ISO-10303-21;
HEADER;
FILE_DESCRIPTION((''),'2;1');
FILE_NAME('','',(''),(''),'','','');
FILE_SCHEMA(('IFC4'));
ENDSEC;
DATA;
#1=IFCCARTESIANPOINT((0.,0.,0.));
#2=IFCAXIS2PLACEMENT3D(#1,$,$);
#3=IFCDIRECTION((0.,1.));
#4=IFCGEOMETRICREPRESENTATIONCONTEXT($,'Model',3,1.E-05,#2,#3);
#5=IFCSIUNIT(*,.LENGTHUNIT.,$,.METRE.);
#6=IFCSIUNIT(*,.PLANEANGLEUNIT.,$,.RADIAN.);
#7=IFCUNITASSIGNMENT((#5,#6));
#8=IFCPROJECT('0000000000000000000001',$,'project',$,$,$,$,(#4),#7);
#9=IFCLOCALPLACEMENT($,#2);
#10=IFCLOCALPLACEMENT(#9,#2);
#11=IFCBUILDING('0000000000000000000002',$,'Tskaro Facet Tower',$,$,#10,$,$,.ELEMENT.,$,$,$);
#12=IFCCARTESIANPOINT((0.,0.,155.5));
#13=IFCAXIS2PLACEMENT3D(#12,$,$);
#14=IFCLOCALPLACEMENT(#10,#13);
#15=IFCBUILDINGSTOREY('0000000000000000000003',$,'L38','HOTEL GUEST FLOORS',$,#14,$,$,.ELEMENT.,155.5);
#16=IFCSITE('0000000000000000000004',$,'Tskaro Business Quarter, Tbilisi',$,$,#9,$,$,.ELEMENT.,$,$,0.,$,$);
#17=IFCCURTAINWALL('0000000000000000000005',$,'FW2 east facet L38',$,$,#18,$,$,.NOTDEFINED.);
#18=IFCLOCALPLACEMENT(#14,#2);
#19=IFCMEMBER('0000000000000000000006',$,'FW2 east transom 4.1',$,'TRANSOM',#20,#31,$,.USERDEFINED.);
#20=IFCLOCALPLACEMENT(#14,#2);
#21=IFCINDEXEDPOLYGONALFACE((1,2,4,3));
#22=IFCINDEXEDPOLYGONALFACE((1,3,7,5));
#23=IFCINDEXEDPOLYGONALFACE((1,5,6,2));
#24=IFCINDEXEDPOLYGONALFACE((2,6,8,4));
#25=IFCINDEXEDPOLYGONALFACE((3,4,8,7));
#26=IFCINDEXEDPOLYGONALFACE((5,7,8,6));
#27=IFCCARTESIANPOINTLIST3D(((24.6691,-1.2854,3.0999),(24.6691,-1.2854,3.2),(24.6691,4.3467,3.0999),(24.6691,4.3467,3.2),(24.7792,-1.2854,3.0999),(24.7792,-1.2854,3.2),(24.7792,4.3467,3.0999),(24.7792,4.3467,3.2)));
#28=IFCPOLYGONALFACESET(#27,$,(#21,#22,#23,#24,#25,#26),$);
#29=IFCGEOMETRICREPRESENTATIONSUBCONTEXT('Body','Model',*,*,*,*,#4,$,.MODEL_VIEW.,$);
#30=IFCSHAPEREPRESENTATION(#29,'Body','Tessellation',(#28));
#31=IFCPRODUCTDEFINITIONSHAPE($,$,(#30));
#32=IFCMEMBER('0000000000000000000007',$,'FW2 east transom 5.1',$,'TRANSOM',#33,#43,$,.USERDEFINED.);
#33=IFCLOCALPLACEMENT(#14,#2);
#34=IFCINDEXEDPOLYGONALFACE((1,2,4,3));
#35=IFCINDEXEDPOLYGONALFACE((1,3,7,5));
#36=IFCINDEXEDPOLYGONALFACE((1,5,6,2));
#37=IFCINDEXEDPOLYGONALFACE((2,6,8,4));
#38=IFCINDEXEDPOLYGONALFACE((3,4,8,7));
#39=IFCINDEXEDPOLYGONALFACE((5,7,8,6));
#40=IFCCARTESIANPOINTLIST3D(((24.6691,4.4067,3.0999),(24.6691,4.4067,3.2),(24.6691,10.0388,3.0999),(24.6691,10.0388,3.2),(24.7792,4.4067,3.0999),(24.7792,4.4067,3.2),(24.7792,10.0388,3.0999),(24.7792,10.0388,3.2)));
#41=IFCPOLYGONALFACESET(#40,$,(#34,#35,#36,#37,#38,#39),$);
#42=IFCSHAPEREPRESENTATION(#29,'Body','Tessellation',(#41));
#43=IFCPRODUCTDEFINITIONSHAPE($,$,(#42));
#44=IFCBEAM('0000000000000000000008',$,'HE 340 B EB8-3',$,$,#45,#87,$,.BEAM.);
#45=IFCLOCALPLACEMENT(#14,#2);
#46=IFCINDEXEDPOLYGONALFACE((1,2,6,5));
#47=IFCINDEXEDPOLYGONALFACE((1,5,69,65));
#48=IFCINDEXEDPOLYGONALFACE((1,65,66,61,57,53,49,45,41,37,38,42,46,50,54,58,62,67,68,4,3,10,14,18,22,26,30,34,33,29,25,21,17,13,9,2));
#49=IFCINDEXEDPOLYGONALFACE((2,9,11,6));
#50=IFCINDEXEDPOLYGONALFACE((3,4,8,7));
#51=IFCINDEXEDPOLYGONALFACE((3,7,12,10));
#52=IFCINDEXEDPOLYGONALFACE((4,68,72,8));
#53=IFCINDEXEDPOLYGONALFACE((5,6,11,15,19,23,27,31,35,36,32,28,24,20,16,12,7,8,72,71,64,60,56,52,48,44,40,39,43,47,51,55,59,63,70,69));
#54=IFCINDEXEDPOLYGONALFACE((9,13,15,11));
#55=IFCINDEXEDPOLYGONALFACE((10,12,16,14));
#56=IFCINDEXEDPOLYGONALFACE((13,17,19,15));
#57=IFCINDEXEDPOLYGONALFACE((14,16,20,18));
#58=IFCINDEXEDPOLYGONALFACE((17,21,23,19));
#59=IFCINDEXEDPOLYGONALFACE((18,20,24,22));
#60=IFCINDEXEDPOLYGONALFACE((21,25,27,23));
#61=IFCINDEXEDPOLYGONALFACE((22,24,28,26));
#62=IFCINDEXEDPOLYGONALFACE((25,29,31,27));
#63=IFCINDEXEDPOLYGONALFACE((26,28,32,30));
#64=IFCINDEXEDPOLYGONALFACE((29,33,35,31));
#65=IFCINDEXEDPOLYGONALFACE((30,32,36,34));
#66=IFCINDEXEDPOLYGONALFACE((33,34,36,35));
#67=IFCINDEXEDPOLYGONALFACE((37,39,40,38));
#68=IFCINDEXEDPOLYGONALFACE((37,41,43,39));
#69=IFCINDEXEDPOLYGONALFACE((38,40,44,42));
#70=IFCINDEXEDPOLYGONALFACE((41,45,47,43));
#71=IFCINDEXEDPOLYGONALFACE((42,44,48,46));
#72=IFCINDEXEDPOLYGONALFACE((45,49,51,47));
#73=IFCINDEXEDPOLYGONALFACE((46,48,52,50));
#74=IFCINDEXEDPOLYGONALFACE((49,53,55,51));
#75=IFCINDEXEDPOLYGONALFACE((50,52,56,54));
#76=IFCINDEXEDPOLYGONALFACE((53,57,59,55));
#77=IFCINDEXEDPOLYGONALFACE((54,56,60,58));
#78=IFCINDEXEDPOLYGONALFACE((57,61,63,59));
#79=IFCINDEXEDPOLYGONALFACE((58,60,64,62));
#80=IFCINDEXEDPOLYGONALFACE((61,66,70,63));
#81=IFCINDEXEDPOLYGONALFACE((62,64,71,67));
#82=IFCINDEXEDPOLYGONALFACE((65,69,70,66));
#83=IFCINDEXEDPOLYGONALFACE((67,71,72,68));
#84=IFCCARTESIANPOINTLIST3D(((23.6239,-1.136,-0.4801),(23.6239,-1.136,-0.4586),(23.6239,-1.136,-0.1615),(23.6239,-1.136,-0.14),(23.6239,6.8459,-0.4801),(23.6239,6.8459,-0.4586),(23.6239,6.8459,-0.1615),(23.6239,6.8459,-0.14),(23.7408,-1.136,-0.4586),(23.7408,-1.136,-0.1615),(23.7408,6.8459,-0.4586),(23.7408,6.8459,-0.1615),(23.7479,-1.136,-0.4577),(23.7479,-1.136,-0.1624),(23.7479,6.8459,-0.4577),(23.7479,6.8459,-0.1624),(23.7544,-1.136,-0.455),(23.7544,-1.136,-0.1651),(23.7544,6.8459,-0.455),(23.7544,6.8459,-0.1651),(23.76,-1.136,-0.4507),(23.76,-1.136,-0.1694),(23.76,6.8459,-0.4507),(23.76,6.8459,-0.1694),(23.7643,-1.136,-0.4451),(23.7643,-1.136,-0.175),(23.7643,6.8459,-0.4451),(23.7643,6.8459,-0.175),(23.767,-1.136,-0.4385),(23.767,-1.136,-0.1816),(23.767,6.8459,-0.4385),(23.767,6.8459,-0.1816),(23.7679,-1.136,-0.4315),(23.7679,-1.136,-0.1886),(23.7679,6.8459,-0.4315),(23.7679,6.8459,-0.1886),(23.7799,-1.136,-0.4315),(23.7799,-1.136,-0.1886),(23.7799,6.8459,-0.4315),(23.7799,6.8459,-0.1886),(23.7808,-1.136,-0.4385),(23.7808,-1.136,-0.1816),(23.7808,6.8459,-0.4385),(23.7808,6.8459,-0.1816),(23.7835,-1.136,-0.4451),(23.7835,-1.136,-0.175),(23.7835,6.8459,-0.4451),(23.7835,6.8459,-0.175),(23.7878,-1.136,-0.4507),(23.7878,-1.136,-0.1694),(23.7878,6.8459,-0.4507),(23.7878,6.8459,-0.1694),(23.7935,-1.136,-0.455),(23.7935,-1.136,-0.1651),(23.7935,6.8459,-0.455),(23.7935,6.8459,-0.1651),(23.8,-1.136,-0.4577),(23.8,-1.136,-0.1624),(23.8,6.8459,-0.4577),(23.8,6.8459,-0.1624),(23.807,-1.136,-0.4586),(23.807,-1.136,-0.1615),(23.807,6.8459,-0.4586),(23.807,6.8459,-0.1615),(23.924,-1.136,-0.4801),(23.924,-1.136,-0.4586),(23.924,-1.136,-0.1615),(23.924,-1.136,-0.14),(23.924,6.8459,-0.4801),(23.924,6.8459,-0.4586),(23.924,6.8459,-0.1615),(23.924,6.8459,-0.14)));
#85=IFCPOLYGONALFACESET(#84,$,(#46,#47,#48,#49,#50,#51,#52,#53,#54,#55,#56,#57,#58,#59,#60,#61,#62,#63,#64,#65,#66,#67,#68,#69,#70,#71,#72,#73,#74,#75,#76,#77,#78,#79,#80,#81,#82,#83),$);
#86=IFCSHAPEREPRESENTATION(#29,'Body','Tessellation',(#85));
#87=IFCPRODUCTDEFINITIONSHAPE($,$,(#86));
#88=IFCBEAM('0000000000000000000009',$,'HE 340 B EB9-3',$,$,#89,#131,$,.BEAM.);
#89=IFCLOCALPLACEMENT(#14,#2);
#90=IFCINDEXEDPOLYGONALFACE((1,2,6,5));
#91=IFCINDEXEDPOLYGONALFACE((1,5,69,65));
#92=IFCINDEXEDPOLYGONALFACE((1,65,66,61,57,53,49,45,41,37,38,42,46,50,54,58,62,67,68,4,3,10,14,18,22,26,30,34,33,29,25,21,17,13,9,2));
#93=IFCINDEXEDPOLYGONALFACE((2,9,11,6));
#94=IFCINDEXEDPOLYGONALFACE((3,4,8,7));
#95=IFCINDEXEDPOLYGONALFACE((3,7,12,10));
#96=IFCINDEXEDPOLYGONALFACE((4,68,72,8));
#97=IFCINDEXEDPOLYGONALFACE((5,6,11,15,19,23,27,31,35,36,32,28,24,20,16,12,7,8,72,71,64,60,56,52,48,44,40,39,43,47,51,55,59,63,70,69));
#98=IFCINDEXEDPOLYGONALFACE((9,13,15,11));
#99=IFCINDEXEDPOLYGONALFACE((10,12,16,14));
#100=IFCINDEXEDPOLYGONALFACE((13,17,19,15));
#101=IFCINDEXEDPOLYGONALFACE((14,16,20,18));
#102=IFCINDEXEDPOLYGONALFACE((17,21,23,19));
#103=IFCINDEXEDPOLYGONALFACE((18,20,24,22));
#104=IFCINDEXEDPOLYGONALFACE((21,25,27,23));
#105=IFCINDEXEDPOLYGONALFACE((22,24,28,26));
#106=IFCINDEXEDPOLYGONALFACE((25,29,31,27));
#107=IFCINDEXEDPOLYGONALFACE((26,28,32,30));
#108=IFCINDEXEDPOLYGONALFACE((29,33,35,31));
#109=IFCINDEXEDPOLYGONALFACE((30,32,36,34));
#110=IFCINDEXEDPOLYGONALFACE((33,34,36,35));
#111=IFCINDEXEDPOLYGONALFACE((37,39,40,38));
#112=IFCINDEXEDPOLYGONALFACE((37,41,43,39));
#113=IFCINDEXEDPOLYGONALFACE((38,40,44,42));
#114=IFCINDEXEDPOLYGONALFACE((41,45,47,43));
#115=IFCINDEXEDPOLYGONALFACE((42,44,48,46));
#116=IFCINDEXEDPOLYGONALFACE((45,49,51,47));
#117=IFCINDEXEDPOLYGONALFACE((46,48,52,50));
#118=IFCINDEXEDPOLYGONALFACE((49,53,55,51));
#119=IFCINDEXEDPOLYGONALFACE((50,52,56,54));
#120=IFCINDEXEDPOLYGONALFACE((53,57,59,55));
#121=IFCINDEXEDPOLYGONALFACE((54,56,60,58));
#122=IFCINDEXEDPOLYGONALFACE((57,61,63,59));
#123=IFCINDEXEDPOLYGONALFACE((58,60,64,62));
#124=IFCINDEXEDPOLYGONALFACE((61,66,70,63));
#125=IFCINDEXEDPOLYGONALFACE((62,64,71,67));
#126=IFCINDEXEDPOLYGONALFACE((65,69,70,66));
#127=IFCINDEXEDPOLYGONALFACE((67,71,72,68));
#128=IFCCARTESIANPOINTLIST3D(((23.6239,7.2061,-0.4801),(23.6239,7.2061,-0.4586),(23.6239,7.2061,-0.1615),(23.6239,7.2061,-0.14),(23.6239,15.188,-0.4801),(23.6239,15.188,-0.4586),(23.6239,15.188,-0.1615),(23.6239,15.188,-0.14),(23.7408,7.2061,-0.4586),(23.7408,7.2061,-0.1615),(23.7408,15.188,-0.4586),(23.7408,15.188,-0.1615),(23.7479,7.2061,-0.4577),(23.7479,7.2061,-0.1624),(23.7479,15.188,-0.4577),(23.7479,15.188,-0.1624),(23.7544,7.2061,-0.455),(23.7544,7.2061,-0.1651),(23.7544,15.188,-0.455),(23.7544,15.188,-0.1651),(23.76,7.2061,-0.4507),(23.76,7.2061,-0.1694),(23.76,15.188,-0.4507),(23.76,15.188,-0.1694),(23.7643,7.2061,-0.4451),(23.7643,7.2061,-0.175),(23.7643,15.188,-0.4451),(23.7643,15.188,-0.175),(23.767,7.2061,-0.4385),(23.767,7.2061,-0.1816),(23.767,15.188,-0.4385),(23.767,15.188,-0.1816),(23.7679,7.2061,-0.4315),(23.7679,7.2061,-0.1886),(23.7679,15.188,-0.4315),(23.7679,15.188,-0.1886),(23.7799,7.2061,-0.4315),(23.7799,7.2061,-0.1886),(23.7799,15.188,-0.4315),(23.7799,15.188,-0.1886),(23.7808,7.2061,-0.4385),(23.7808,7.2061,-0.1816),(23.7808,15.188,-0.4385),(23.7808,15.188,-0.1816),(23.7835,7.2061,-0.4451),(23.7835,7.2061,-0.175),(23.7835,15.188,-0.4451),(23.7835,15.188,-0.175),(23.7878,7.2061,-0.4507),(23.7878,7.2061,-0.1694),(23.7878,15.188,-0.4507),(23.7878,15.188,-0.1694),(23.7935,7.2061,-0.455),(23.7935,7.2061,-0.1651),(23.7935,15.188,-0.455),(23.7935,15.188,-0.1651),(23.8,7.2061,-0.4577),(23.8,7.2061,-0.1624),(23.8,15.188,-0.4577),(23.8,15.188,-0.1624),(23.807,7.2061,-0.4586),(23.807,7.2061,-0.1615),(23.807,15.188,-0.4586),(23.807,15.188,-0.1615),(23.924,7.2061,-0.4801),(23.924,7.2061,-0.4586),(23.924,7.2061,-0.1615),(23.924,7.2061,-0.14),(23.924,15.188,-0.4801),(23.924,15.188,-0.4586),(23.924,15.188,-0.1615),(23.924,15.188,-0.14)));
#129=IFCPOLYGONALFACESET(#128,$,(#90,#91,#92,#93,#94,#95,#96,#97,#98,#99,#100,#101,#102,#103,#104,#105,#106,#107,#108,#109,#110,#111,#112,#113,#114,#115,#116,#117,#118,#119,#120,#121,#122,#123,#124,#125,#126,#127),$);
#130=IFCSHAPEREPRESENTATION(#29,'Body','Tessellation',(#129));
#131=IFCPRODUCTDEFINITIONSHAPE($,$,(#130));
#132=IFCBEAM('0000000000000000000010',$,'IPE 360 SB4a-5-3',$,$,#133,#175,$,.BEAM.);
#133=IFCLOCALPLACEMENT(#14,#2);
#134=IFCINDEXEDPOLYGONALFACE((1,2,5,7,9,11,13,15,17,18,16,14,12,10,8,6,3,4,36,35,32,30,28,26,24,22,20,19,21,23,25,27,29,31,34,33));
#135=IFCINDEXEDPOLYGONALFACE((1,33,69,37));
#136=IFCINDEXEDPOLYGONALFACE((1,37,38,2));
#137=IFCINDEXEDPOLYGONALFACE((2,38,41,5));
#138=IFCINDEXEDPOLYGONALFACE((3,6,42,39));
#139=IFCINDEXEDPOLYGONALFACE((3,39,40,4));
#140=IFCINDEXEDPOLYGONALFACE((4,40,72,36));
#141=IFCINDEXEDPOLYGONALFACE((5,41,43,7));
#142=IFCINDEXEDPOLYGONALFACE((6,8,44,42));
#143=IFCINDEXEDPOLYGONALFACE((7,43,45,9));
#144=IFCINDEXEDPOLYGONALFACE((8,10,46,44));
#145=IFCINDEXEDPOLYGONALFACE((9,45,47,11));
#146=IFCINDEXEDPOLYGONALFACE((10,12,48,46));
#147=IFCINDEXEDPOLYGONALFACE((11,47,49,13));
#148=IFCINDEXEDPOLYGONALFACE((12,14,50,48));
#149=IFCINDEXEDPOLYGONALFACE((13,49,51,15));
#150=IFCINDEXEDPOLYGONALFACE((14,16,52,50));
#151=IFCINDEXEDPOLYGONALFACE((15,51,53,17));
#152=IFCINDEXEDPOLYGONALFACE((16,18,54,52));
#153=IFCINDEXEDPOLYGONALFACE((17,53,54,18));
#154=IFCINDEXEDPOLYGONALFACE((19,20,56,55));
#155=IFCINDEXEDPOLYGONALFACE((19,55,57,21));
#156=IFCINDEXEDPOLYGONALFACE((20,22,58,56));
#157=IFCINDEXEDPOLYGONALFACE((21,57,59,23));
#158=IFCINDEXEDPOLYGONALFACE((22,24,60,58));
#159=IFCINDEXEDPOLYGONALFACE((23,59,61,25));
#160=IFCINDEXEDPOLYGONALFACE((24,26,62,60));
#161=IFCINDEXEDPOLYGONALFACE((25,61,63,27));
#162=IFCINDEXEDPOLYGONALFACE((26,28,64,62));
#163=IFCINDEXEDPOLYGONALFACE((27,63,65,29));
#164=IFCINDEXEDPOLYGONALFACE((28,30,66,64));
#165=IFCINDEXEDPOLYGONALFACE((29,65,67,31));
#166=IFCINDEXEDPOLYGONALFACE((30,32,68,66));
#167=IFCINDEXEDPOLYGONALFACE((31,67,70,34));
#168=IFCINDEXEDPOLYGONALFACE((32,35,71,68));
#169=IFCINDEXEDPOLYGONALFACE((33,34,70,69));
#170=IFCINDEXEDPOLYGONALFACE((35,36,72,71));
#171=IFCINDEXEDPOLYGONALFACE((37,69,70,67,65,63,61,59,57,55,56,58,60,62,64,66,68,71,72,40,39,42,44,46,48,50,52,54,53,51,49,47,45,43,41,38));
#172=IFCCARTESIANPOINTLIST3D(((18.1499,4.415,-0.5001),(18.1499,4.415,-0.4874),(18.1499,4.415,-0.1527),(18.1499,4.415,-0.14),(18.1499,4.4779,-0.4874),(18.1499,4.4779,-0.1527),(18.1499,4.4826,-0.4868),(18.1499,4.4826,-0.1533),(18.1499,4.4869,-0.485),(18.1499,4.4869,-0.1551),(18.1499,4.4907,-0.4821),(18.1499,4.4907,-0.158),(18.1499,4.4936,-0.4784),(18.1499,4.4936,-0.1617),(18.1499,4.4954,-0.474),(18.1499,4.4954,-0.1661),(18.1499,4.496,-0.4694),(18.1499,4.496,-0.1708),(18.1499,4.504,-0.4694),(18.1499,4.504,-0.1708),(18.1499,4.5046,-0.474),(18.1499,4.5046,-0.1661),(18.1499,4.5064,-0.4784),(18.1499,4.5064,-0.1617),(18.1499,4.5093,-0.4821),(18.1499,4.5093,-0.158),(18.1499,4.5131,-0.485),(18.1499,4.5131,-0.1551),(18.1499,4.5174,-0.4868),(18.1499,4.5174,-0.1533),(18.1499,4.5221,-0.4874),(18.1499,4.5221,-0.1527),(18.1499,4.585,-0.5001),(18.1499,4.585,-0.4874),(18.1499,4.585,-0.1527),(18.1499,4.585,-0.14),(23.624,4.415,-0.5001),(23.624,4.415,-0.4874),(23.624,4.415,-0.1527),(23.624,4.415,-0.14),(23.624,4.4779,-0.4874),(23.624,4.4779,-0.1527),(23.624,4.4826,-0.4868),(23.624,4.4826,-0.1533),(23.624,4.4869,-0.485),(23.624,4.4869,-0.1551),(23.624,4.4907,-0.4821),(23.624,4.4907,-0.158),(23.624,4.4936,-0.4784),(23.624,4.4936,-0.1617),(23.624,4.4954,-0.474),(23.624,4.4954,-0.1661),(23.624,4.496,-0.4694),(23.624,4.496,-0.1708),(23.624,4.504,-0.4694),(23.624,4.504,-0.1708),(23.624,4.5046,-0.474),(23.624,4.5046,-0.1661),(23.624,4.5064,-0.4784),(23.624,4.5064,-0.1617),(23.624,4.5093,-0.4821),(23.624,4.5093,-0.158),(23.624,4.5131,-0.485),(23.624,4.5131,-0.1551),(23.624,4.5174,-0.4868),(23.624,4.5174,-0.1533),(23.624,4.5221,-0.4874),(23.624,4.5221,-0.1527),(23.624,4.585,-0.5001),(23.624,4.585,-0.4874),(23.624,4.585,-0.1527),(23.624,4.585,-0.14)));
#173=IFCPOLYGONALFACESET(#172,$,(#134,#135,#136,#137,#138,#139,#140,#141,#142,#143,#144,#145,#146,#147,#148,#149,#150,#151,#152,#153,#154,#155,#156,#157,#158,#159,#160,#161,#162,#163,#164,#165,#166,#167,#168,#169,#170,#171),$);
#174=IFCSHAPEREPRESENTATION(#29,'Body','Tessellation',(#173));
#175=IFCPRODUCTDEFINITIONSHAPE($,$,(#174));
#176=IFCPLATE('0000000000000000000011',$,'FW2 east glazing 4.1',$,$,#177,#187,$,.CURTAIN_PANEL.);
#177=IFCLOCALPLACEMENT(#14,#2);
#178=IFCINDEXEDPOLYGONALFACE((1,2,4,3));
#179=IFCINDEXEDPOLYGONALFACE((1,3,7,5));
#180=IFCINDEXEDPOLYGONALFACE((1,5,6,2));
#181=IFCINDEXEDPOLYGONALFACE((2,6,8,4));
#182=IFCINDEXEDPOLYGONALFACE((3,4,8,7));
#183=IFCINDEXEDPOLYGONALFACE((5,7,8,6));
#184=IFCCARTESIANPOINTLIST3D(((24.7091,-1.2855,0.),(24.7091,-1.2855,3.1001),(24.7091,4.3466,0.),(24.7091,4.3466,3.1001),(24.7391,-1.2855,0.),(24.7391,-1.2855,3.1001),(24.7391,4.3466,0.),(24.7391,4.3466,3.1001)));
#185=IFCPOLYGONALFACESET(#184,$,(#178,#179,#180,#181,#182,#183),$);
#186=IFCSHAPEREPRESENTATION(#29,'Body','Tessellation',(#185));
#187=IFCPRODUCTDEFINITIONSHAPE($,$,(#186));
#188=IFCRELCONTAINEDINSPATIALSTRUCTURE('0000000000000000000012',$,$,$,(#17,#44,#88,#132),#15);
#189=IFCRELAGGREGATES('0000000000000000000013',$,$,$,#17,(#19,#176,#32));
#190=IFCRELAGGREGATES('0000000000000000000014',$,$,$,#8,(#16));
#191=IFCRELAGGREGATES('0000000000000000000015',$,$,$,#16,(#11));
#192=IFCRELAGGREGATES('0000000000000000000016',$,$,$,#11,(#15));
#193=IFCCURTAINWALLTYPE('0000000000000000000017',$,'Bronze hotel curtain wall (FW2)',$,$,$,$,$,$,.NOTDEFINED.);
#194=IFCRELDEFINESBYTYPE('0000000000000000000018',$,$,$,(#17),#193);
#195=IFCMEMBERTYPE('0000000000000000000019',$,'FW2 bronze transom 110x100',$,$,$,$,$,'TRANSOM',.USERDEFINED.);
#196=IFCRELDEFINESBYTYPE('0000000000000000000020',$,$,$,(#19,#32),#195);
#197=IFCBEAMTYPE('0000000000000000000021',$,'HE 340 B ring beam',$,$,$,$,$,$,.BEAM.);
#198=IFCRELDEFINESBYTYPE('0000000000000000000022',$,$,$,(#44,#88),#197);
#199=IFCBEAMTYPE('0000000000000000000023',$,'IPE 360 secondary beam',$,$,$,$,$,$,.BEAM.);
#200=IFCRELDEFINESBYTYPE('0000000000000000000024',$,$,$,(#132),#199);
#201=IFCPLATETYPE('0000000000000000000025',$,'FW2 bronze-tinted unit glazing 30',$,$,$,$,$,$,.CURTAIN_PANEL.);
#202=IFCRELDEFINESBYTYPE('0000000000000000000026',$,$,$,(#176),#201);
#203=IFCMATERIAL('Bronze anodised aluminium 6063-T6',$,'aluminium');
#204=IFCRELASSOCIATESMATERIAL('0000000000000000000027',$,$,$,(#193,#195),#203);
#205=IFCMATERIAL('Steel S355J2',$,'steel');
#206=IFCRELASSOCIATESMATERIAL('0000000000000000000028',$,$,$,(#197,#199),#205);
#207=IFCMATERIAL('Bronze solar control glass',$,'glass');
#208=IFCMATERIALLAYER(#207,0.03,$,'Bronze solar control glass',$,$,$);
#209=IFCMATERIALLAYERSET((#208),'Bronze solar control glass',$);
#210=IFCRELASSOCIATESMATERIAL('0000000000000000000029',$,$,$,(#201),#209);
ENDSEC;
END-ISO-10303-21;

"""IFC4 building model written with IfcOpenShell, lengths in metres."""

from ifc_helpers import new_model, si_unit, direction, frame, origin, origin_2d, place, context, subcontext, project, spatial, rectangle, i_section, extrude, material, layer, layer_set, material_profile, profile_set, type_object, element, aggregate, save


model = new_model("IFC4")

# Units and contexts
model_context = context("Model", 3, precision=1e-05, world=origin(), true_north=direction((0.0, 1.0)))
body_context = subcontext(model_context, "Body", "Model", "MODEL_VIEW")
ifc_project = project(units=[si_unit("LENGTHUNIT", "METRE"), si_unit("PLANEANGLEUNIT", "RADIAN")], contexts=[model_context])

# Site, building, storey
site_placement = place(None, origin())
site = spatial("IfcSite", under=ifc_project, at=site_placement, Name="Tskaro Business Quarter, Tbilisi", CompositionType="ELEMENT", RefElevation=0.0)
building_placement = place(site_placement, origin())
building = spatial("IfcBuilding", under=site, at=building_placement, Name="Tskaro Facet Tower", CompositionType="ELEMENT")
storey_placement = place(building_placement, frame((0.0, 0.0, 155.5)))
storey = spatial("IfcBuildingStorey", under=building, at=storey_placement, Name="L38", Description="HOTEL GUEST FLOORS", CompositionType="ELEMENT", Elevation=155.5)

# Curtain wall, members
ifc_material_1 = material(Name="Bronze anodised aluminium 6063-T6", Category="aluminium")
curtain_wall_type = type_object("IfcCurtainWallType", Name="Bronze hotel curtain wall (FW2)", PredefinedType="NOTDEFINED", material=ifc_material_1)
curtain_wall_placement = place(storey_placement, origin())
curtain_wall = element("IfcCurtainWall", 1, at=curtain_wall_placement, inside=storey, type_object=curtain_wall_type, Name="FW2 east facet L38", PredefinedType="NOTDEFINED")
ifc_material_profile_1 = material_profile(ifc_material_1, rectangle(XDim=0.1101, YDim=0.1001, at=origin_2d()), Name="Transom 110x100")
ifc_profile_set_1 = profile_set([ifc_material_profile_1], Name="Bronze anodised aluminium 6063-T6")
member_type_1 = type_object("IfcMemberType", Name="FW2 bronze transom 110x100", ElementType="TRANSOM", PredefinedType="USERDEFINED", material=ifc_profile_set_1)
member_1_placement = place(storey_placement, frame((24.7241, -1.2854, 3.1499), z_axis=(0.0, 1.0, 0.0), x_axis=(-1.0, 0.0, 0.0)))
member_1 = element("IfcMember", 2, at=member_1_placement, type_object=member_type_1, Name="FW2 east transom 4.1", ObjectType="TRANSOM", PredefinedType="USERDEFINED", context=body_context, shape_type="SweptSolid", body=[
    extrude(rectangle(XDim=0.1101, YDim=0.1001, at=origin_2d()), origin(), (0.0, 0.0, 1.0), 5.6321),
])
member_2_placement = place(storey_placement, frame((24.7241, 4.4067, 3.1499), z_axis=(0.0, 1.0, 0.0), x_axis=(-1.0, 0.0, 0.0)))
member_2 = element("IfcMember", 3, at=member_2_placement, type_object=member_type_1, Name="FW2 east transom 5.1", ObjectType="TRANSOM", PredefinedType="USERDEFINED", context=body_context, shape_type="SweptSolid", body=[
    extrude(rectangle(XDim=0.1101, YDim=0.1001, at=origin_2d()), origin(), (0.0, 0.0, 1.0), 5.6321),
])

# Beams
ifc_material_2 = material(Name="Steel S355J2", Category="steel")
ifc_material_profile_2 = material_profile(ifc_material_2, i_section(OverallWidth=0.3, OverallDepth=0.3401, WebThickness=0.012, FlangeThickness=0.0215, FilletRadius=0.0271, at=origin_2d()), Name="HE 340 B")
ifc_profile_set_2 = profile_set([ifc_material_profile_2], Name="Steel S355J2")
beam_type_1 = type_object("IfcBeamType", Name="HE 340 B ring beam", PredefinedType="BEAM", material=ifc_profile_set_2)
for number, where, z_axis, x_axis, name in (
    (4, (23.7739, -1.136, -0.3101), (0.0, 1.0, 0.0), (-1.0, 0.0, 0.0), "HE 340 B EB8-3"),
    (5, (23.7739, 7.2061, -0.3101), (0.0, 1.0, 0.0), (-1.0, 0.0, 0.0), "HE 340 B EB9-3"),
):
    element("IfcBeam", number, at=place(storey_placement, frame(where, z_axis=z_axis, x_axis=x_axis)), inside=storey, type_object=beam_type_1, Name=name, PredefinedType="BEAM", context=body_context, shape_type="SweptSolid", body=[
        extrude(i_section(OverallWidth=0.3, OverallDepth=0.3401, WebThickness=0.012, FlangeThickness=0.0215, FilletRadius=0.0271, at=origin_2d()), origin(), (0.0, 0.0, 1.0), 7.9819),
    ])
ifc_material_profile_3 = material_profile(ifc_material_2, i_section(OverallWidth=0.1699, OverallDepth=0.3601, WebThickness=0.0081, FlangeThickness=0.0127, FilletRadius=0.0181, at=origin_2d()), Name="IPE 360")
ifc_profile_set_3 = profile_set([ifc_material_profile_3], Name="Steel S355J2")
beam_type_2 = type_object("IfcBeamType", Name="IPE 360 secondary beam", PredefinedType="BEAM", material=ifc_profile_set_3)
beam_placement = place(storey_placement, frame((18.1499, 4.5, -0.3201), z_axis=(1.0, 0.0, 0.0), x_axis=(0.0, 1.0, 0.0)))
element("IfcBeam", 6, at=beam_placement, inside=storey, type_object=beam_type_2, Name="IPE 360 SB4a-5-3", PredefinedType="BEAM", context=body_context, shape_type="SweptSolid", body=[
    extrude(i_section(OverallWidth=0.1699, OverallDepth=0.3601, WebThickness=0.0081, FlangeThickness=0.0127, FilletRadius=0.0181, at=origin_2d()), origin(), (0.0, 0.0, 1.0), 5.4741),
])

# Plate
ifc_material_3 = material(Name="Bronze solar control glass", Category="glass")
ifc_layer_1 = layer(ifc_material_3, 0.03, Name="Bronze solar control glass")
ifc_layer_set_1 = layer_set([ifc_layer_1], Name="Bronze solar control glass")
plate_type = type_object("IfcPlateType", Name="FW2 bronze-tinted unit glazing 30", PredefinedType="CURTAIN_PANEL", material=ifc_layer_set_1)
plate_1_placement = place(storey_placement, frame((24.7241, 1.5305, 0.0), z_axis=(0.0, 0.0, 1.0), x_axis=(0.0, 1.0, 0.0)))
plate_1 = element("IfcPlate", 7, at=plate_1_placement, type_object=plate_type, Name="FW2 east glazing 4.1", PredefinedType="CURTAIN_PANEL", context=body_context, shape_type="SweptSolid", body=[
    extrude(rectangle(XDim=5.6321, YDim=0.03, at=origin_2d()), origin(), (0.0, 0.0, 1.0), 3.1001),
])
aggregate(curtain_wall, [member_1, plate_1, member_2])

save(model, "model.ifc")
